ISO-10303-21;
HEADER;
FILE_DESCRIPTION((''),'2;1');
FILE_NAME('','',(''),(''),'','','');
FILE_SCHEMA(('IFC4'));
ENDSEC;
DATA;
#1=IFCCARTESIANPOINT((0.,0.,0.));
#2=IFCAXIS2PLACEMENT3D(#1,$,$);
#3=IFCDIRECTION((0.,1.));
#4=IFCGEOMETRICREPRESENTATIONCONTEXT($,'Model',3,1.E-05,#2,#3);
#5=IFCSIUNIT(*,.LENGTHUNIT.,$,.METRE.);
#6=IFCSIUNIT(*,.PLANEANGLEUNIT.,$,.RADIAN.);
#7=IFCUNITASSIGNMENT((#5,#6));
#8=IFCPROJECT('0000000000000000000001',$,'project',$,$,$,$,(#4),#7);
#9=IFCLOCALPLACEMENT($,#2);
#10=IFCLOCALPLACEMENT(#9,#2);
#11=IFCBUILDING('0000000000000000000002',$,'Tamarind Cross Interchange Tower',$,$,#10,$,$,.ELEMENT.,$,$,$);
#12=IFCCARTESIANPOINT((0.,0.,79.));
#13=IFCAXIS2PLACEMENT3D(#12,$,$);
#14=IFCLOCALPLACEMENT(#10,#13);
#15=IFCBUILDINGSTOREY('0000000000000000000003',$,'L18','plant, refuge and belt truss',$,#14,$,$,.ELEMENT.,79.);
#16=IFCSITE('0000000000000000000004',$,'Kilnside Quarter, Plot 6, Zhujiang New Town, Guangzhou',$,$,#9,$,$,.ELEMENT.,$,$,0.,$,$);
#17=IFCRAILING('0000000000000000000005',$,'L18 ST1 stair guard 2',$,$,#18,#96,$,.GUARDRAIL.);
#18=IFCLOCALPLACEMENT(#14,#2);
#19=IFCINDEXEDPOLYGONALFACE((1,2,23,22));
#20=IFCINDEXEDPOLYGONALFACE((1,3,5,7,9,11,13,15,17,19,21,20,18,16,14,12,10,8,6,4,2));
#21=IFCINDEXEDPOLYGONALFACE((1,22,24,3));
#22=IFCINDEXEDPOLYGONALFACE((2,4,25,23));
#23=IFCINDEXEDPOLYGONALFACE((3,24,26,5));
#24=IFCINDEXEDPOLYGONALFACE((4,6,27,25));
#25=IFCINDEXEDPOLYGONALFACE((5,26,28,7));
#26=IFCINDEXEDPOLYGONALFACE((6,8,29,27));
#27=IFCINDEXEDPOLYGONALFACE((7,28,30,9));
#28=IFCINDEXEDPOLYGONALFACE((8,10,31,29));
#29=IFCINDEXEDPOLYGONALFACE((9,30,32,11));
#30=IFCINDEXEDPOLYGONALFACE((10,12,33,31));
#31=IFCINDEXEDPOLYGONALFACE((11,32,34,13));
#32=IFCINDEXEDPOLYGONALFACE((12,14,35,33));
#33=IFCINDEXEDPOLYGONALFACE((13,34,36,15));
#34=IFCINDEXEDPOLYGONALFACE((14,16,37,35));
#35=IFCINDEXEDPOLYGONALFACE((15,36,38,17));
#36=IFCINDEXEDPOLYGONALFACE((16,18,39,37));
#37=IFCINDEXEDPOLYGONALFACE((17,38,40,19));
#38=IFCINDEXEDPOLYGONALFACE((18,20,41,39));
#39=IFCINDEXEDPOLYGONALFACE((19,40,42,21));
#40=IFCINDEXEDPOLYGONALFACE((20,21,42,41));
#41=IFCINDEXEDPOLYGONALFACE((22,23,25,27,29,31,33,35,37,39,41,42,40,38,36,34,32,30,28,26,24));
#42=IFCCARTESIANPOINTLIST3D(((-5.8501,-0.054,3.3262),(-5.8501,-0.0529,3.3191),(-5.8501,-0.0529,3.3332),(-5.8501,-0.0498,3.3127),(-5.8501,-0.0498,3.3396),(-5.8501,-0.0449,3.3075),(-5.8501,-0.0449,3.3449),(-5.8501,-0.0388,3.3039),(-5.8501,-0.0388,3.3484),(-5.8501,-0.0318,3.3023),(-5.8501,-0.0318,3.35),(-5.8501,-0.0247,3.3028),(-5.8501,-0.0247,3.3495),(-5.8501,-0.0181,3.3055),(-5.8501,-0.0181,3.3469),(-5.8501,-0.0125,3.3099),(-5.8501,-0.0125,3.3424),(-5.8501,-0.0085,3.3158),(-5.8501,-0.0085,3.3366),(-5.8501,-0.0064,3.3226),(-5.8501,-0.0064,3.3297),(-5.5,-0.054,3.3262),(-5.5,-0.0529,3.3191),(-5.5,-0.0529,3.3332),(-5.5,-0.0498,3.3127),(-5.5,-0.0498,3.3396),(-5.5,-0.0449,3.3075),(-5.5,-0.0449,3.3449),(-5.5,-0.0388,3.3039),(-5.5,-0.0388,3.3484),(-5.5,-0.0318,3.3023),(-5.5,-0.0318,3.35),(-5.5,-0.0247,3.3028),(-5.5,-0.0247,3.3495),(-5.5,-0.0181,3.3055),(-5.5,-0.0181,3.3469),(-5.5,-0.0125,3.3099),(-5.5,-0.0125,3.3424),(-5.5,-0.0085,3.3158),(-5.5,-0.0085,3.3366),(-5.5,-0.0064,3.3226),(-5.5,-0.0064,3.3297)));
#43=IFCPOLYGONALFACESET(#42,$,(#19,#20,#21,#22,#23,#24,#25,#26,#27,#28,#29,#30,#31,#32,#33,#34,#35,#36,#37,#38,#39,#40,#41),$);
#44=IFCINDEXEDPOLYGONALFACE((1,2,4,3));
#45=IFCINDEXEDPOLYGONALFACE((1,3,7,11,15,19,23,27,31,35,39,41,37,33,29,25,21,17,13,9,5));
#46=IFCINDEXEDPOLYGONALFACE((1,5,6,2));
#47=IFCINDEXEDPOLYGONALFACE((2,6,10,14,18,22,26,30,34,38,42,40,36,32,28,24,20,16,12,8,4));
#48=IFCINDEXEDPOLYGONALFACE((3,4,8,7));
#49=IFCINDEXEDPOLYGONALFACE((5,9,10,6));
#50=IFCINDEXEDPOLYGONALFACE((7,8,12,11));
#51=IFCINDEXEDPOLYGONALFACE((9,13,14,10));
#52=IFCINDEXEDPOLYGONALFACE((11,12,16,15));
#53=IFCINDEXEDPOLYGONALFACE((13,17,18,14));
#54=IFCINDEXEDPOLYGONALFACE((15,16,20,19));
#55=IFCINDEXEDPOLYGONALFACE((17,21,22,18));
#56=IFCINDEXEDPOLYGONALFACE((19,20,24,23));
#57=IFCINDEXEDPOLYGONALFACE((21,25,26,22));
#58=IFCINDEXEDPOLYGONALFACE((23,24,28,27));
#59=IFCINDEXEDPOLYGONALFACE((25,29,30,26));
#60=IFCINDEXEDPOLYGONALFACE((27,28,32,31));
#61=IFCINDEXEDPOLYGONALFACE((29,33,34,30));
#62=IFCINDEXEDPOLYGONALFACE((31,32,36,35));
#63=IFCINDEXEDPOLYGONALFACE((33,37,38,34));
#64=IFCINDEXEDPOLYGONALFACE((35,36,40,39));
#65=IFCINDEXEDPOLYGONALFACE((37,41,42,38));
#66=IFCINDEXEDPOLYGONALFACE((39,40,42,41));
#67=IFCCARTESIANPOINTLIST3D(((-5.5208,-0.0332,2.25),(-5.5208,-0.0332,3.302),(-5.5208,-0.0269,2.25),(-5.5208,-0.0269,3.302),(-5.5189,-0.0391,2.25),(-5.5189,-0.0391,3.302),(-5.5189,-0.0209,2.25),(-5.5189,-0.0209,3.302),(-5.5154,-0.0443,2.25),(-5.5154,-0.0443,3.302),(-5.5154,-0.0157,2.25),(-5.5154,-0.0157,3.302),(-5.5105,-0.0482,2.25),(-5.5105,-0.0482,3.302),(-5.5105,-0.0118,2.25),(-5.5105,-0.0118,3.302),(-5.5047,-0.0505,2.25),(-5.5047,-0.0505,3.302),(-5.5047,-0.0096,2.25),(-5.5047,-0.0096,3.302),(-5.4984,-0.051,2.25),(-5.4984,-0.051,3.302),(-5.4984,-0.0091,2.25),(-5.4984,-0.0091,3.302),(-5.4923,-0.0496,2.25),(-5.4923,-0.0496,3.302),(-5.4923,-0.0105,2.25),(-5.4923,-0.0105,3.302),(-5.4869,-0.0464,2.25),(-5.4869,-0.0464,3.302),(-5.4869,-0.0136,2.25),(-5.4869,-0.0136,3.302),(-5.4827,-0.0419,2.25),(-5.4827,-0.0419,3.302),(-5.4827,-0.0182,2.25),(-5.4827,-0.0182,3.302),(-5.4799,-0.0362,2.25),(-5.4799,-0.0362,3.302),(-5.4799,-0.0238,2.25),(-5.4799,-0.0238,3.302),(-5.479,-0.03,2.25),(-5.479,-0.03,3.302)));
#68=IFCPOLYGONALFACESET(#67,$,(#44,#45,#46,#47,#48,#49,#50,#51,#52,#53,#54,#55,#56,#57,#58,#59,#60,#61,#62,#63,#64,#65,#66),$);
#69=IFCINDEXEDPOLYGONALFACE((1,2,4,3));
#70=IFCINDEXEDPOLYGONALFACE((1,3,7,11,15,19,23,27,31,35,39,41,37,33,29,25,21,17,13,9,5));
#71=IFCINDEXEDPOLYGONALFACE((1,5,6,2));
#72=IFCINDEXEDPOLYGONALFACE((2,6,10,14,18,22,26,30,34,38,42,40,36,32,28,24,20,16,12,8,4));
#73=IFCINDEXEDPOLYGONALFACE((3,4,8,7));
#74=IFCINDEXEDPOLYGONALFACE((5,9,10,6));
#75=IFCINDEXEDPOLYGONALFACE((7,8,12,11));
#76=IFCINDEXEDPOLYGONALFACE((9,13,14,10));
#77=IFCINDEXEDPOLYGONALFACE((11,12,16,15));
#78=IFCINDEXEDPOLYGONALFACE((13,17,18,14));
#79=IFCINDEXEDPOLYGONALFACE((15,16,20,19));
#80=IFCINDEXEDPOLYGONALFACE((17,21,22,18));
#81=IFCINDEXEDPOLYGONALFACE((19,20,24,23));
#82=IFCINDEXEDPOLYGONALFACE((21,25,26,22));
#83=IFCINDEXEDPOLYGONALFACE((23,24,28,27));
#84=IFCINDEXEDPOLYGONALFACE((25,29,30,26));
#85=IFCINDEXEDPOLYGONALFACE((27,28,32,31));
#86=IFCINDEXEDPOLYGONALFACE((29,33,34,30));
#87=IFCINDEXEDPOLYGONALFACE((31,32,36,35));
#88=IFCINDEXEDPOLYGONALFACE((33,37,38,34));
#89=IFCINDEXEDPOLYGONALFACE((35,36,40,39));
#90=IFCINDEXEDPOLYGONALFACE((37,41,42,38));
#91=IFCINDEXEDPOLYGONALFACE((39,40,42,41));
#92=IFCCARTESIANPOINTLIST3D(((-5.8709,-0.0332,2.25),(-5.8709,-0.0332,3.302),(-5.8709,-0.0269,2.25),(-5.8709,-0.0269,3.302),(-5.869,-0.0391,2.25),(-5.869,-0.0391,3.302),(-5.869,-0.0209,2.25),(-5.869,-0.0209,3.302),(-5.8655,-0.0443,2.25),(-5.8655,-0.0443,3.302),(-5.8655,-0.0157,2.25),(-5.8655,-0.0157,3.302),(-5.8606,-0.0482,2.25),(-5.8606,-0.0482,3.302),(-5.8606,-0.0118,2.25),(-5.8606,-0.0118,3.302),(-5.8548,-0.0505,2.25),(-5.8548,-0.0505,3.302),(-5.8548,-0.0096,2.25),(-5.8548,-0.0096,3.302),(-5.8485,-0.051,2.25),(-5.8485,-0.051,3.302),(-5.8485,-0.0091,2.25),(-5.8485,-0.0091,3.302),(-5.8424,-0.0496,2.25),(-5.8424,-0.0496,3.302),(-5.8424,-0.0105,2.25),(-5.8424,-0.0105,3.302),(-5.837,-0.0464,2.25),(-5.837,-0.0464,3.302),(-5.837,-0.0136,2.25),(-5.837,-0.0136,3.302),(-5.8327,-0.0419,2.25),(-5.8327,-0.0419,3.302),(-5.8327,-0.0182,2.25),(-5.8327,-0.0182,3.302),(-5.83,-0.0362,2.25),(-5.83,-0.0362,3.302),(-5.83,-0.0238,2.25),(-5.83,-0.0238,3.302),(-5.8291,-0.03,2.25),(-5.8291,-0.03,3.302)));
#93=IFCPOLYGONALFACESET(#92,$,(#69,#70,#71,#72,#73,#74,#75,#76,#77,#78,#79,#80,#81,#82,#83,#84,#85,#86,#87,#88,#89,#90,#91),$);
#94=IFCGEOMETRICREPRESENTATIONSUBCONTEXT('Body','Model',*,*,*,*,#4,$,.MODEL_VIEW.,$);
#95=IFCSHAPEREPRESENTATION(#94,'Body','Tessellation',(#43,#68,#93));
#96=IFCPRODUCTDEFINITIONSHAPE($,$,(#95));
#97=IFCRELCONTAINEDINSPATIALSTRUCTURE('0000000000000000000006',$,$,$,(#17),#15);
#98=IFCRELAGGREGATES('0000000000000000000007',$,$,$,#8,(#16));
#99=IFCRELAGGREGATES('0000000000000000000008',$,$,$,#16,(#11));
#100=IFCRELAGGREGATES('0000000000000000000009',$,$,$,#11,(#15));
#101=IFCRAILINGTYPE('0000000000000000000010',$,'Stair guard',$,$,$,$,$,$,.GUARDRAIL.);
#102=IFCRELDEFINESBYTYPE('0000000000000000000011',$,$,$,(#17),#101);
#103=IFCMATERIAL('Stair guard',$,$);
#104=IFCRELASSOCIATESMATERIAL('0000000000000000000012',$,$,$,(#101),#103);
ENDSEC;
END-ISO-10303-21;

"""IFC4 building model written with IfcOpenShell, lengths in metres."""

from ifc_helpers import new_model, si_unit, direction, frame, origin, origin_2d, place, context, subcontext, project, spatial, circle, extrude, material, type_object, element, save


model = new_model("IFC4")

# Units and contexts
model_context = context("Model", 3, precision=1e-05, world=origin(), true_north=direction((0.0, 1.0)))
body_context = subcontext(model_context, "Body", "Model", "MODEL_VIEW")
ifc_project = project(units=[si_unit("LENGTHUNIT", "METRE"), si_unit("PLANEANGLEUNIT", "RADIAN")], contexts=[model_context])

# Site, building, storey
site_placement = place(None, origin())
site = spatial("IfcSite", under=ifc_project, at=site_placement, Name="Kilnside Quarter, Plot 6, Zhujiang New Town, Guangzhou", CompositionType="ELEMENT", RefElevation=0.0)
building_placement = place(site_placement, origin())
building = spatial("IfcBuilding", under=site, at=building_placement, Name="Tamarind Cross Interchange Tower", CompositionType="ELEMENT")
storey_placement = place(building_placement, frame((0.0, 0.0, 79.0)))
storey = spatial("IfcBuildingStorey", under=building, at=storey_placement, Name="L18", Description="plant, refuge and belt truss", CompositionType="ELEMENT", Elevation=79.0)

# Railing
ifc_material_1 = material(Name="Stair guard")
railing_type_1 = type_object("IfcRailingType", Name="Stair guard", PredefinedType="GUARDRAIL", material=ifc_material_1)
railing_1_placement = place(storey_placement, frame((-5.5, -0.03, 2.25)))
element("IfcRailing", 1, at=railing_1_placement, inside=storey, type_object=railing_type_1, Name="L18 ST1 stair guard 2", PredefinedType="GUARDRAIL", context=body_context, shape_type="SweptSolid", body=[
    extrude(circle(Radius=0.0239, at=origin_2d()), frame((0.0, 0.0, 1.0762), z_axis=(-1.0, 0.0, 0.0), x_axis=(0.0, -1.0, 0.0)), (0.0, 0.0, 1.0), 0.3501),
    extrude(circle(Radius=0.021, at=origin_2d()), origin(), (0.0, 0.0, 1.0), 1.052),
    extrude(circle(Radius=0.021, at=origin_2d()), frame((-0.3501, 0.0, 0.0)), (0.0, 0.0, 1.0), 1.052),
])

save(model, "model.ifc")
